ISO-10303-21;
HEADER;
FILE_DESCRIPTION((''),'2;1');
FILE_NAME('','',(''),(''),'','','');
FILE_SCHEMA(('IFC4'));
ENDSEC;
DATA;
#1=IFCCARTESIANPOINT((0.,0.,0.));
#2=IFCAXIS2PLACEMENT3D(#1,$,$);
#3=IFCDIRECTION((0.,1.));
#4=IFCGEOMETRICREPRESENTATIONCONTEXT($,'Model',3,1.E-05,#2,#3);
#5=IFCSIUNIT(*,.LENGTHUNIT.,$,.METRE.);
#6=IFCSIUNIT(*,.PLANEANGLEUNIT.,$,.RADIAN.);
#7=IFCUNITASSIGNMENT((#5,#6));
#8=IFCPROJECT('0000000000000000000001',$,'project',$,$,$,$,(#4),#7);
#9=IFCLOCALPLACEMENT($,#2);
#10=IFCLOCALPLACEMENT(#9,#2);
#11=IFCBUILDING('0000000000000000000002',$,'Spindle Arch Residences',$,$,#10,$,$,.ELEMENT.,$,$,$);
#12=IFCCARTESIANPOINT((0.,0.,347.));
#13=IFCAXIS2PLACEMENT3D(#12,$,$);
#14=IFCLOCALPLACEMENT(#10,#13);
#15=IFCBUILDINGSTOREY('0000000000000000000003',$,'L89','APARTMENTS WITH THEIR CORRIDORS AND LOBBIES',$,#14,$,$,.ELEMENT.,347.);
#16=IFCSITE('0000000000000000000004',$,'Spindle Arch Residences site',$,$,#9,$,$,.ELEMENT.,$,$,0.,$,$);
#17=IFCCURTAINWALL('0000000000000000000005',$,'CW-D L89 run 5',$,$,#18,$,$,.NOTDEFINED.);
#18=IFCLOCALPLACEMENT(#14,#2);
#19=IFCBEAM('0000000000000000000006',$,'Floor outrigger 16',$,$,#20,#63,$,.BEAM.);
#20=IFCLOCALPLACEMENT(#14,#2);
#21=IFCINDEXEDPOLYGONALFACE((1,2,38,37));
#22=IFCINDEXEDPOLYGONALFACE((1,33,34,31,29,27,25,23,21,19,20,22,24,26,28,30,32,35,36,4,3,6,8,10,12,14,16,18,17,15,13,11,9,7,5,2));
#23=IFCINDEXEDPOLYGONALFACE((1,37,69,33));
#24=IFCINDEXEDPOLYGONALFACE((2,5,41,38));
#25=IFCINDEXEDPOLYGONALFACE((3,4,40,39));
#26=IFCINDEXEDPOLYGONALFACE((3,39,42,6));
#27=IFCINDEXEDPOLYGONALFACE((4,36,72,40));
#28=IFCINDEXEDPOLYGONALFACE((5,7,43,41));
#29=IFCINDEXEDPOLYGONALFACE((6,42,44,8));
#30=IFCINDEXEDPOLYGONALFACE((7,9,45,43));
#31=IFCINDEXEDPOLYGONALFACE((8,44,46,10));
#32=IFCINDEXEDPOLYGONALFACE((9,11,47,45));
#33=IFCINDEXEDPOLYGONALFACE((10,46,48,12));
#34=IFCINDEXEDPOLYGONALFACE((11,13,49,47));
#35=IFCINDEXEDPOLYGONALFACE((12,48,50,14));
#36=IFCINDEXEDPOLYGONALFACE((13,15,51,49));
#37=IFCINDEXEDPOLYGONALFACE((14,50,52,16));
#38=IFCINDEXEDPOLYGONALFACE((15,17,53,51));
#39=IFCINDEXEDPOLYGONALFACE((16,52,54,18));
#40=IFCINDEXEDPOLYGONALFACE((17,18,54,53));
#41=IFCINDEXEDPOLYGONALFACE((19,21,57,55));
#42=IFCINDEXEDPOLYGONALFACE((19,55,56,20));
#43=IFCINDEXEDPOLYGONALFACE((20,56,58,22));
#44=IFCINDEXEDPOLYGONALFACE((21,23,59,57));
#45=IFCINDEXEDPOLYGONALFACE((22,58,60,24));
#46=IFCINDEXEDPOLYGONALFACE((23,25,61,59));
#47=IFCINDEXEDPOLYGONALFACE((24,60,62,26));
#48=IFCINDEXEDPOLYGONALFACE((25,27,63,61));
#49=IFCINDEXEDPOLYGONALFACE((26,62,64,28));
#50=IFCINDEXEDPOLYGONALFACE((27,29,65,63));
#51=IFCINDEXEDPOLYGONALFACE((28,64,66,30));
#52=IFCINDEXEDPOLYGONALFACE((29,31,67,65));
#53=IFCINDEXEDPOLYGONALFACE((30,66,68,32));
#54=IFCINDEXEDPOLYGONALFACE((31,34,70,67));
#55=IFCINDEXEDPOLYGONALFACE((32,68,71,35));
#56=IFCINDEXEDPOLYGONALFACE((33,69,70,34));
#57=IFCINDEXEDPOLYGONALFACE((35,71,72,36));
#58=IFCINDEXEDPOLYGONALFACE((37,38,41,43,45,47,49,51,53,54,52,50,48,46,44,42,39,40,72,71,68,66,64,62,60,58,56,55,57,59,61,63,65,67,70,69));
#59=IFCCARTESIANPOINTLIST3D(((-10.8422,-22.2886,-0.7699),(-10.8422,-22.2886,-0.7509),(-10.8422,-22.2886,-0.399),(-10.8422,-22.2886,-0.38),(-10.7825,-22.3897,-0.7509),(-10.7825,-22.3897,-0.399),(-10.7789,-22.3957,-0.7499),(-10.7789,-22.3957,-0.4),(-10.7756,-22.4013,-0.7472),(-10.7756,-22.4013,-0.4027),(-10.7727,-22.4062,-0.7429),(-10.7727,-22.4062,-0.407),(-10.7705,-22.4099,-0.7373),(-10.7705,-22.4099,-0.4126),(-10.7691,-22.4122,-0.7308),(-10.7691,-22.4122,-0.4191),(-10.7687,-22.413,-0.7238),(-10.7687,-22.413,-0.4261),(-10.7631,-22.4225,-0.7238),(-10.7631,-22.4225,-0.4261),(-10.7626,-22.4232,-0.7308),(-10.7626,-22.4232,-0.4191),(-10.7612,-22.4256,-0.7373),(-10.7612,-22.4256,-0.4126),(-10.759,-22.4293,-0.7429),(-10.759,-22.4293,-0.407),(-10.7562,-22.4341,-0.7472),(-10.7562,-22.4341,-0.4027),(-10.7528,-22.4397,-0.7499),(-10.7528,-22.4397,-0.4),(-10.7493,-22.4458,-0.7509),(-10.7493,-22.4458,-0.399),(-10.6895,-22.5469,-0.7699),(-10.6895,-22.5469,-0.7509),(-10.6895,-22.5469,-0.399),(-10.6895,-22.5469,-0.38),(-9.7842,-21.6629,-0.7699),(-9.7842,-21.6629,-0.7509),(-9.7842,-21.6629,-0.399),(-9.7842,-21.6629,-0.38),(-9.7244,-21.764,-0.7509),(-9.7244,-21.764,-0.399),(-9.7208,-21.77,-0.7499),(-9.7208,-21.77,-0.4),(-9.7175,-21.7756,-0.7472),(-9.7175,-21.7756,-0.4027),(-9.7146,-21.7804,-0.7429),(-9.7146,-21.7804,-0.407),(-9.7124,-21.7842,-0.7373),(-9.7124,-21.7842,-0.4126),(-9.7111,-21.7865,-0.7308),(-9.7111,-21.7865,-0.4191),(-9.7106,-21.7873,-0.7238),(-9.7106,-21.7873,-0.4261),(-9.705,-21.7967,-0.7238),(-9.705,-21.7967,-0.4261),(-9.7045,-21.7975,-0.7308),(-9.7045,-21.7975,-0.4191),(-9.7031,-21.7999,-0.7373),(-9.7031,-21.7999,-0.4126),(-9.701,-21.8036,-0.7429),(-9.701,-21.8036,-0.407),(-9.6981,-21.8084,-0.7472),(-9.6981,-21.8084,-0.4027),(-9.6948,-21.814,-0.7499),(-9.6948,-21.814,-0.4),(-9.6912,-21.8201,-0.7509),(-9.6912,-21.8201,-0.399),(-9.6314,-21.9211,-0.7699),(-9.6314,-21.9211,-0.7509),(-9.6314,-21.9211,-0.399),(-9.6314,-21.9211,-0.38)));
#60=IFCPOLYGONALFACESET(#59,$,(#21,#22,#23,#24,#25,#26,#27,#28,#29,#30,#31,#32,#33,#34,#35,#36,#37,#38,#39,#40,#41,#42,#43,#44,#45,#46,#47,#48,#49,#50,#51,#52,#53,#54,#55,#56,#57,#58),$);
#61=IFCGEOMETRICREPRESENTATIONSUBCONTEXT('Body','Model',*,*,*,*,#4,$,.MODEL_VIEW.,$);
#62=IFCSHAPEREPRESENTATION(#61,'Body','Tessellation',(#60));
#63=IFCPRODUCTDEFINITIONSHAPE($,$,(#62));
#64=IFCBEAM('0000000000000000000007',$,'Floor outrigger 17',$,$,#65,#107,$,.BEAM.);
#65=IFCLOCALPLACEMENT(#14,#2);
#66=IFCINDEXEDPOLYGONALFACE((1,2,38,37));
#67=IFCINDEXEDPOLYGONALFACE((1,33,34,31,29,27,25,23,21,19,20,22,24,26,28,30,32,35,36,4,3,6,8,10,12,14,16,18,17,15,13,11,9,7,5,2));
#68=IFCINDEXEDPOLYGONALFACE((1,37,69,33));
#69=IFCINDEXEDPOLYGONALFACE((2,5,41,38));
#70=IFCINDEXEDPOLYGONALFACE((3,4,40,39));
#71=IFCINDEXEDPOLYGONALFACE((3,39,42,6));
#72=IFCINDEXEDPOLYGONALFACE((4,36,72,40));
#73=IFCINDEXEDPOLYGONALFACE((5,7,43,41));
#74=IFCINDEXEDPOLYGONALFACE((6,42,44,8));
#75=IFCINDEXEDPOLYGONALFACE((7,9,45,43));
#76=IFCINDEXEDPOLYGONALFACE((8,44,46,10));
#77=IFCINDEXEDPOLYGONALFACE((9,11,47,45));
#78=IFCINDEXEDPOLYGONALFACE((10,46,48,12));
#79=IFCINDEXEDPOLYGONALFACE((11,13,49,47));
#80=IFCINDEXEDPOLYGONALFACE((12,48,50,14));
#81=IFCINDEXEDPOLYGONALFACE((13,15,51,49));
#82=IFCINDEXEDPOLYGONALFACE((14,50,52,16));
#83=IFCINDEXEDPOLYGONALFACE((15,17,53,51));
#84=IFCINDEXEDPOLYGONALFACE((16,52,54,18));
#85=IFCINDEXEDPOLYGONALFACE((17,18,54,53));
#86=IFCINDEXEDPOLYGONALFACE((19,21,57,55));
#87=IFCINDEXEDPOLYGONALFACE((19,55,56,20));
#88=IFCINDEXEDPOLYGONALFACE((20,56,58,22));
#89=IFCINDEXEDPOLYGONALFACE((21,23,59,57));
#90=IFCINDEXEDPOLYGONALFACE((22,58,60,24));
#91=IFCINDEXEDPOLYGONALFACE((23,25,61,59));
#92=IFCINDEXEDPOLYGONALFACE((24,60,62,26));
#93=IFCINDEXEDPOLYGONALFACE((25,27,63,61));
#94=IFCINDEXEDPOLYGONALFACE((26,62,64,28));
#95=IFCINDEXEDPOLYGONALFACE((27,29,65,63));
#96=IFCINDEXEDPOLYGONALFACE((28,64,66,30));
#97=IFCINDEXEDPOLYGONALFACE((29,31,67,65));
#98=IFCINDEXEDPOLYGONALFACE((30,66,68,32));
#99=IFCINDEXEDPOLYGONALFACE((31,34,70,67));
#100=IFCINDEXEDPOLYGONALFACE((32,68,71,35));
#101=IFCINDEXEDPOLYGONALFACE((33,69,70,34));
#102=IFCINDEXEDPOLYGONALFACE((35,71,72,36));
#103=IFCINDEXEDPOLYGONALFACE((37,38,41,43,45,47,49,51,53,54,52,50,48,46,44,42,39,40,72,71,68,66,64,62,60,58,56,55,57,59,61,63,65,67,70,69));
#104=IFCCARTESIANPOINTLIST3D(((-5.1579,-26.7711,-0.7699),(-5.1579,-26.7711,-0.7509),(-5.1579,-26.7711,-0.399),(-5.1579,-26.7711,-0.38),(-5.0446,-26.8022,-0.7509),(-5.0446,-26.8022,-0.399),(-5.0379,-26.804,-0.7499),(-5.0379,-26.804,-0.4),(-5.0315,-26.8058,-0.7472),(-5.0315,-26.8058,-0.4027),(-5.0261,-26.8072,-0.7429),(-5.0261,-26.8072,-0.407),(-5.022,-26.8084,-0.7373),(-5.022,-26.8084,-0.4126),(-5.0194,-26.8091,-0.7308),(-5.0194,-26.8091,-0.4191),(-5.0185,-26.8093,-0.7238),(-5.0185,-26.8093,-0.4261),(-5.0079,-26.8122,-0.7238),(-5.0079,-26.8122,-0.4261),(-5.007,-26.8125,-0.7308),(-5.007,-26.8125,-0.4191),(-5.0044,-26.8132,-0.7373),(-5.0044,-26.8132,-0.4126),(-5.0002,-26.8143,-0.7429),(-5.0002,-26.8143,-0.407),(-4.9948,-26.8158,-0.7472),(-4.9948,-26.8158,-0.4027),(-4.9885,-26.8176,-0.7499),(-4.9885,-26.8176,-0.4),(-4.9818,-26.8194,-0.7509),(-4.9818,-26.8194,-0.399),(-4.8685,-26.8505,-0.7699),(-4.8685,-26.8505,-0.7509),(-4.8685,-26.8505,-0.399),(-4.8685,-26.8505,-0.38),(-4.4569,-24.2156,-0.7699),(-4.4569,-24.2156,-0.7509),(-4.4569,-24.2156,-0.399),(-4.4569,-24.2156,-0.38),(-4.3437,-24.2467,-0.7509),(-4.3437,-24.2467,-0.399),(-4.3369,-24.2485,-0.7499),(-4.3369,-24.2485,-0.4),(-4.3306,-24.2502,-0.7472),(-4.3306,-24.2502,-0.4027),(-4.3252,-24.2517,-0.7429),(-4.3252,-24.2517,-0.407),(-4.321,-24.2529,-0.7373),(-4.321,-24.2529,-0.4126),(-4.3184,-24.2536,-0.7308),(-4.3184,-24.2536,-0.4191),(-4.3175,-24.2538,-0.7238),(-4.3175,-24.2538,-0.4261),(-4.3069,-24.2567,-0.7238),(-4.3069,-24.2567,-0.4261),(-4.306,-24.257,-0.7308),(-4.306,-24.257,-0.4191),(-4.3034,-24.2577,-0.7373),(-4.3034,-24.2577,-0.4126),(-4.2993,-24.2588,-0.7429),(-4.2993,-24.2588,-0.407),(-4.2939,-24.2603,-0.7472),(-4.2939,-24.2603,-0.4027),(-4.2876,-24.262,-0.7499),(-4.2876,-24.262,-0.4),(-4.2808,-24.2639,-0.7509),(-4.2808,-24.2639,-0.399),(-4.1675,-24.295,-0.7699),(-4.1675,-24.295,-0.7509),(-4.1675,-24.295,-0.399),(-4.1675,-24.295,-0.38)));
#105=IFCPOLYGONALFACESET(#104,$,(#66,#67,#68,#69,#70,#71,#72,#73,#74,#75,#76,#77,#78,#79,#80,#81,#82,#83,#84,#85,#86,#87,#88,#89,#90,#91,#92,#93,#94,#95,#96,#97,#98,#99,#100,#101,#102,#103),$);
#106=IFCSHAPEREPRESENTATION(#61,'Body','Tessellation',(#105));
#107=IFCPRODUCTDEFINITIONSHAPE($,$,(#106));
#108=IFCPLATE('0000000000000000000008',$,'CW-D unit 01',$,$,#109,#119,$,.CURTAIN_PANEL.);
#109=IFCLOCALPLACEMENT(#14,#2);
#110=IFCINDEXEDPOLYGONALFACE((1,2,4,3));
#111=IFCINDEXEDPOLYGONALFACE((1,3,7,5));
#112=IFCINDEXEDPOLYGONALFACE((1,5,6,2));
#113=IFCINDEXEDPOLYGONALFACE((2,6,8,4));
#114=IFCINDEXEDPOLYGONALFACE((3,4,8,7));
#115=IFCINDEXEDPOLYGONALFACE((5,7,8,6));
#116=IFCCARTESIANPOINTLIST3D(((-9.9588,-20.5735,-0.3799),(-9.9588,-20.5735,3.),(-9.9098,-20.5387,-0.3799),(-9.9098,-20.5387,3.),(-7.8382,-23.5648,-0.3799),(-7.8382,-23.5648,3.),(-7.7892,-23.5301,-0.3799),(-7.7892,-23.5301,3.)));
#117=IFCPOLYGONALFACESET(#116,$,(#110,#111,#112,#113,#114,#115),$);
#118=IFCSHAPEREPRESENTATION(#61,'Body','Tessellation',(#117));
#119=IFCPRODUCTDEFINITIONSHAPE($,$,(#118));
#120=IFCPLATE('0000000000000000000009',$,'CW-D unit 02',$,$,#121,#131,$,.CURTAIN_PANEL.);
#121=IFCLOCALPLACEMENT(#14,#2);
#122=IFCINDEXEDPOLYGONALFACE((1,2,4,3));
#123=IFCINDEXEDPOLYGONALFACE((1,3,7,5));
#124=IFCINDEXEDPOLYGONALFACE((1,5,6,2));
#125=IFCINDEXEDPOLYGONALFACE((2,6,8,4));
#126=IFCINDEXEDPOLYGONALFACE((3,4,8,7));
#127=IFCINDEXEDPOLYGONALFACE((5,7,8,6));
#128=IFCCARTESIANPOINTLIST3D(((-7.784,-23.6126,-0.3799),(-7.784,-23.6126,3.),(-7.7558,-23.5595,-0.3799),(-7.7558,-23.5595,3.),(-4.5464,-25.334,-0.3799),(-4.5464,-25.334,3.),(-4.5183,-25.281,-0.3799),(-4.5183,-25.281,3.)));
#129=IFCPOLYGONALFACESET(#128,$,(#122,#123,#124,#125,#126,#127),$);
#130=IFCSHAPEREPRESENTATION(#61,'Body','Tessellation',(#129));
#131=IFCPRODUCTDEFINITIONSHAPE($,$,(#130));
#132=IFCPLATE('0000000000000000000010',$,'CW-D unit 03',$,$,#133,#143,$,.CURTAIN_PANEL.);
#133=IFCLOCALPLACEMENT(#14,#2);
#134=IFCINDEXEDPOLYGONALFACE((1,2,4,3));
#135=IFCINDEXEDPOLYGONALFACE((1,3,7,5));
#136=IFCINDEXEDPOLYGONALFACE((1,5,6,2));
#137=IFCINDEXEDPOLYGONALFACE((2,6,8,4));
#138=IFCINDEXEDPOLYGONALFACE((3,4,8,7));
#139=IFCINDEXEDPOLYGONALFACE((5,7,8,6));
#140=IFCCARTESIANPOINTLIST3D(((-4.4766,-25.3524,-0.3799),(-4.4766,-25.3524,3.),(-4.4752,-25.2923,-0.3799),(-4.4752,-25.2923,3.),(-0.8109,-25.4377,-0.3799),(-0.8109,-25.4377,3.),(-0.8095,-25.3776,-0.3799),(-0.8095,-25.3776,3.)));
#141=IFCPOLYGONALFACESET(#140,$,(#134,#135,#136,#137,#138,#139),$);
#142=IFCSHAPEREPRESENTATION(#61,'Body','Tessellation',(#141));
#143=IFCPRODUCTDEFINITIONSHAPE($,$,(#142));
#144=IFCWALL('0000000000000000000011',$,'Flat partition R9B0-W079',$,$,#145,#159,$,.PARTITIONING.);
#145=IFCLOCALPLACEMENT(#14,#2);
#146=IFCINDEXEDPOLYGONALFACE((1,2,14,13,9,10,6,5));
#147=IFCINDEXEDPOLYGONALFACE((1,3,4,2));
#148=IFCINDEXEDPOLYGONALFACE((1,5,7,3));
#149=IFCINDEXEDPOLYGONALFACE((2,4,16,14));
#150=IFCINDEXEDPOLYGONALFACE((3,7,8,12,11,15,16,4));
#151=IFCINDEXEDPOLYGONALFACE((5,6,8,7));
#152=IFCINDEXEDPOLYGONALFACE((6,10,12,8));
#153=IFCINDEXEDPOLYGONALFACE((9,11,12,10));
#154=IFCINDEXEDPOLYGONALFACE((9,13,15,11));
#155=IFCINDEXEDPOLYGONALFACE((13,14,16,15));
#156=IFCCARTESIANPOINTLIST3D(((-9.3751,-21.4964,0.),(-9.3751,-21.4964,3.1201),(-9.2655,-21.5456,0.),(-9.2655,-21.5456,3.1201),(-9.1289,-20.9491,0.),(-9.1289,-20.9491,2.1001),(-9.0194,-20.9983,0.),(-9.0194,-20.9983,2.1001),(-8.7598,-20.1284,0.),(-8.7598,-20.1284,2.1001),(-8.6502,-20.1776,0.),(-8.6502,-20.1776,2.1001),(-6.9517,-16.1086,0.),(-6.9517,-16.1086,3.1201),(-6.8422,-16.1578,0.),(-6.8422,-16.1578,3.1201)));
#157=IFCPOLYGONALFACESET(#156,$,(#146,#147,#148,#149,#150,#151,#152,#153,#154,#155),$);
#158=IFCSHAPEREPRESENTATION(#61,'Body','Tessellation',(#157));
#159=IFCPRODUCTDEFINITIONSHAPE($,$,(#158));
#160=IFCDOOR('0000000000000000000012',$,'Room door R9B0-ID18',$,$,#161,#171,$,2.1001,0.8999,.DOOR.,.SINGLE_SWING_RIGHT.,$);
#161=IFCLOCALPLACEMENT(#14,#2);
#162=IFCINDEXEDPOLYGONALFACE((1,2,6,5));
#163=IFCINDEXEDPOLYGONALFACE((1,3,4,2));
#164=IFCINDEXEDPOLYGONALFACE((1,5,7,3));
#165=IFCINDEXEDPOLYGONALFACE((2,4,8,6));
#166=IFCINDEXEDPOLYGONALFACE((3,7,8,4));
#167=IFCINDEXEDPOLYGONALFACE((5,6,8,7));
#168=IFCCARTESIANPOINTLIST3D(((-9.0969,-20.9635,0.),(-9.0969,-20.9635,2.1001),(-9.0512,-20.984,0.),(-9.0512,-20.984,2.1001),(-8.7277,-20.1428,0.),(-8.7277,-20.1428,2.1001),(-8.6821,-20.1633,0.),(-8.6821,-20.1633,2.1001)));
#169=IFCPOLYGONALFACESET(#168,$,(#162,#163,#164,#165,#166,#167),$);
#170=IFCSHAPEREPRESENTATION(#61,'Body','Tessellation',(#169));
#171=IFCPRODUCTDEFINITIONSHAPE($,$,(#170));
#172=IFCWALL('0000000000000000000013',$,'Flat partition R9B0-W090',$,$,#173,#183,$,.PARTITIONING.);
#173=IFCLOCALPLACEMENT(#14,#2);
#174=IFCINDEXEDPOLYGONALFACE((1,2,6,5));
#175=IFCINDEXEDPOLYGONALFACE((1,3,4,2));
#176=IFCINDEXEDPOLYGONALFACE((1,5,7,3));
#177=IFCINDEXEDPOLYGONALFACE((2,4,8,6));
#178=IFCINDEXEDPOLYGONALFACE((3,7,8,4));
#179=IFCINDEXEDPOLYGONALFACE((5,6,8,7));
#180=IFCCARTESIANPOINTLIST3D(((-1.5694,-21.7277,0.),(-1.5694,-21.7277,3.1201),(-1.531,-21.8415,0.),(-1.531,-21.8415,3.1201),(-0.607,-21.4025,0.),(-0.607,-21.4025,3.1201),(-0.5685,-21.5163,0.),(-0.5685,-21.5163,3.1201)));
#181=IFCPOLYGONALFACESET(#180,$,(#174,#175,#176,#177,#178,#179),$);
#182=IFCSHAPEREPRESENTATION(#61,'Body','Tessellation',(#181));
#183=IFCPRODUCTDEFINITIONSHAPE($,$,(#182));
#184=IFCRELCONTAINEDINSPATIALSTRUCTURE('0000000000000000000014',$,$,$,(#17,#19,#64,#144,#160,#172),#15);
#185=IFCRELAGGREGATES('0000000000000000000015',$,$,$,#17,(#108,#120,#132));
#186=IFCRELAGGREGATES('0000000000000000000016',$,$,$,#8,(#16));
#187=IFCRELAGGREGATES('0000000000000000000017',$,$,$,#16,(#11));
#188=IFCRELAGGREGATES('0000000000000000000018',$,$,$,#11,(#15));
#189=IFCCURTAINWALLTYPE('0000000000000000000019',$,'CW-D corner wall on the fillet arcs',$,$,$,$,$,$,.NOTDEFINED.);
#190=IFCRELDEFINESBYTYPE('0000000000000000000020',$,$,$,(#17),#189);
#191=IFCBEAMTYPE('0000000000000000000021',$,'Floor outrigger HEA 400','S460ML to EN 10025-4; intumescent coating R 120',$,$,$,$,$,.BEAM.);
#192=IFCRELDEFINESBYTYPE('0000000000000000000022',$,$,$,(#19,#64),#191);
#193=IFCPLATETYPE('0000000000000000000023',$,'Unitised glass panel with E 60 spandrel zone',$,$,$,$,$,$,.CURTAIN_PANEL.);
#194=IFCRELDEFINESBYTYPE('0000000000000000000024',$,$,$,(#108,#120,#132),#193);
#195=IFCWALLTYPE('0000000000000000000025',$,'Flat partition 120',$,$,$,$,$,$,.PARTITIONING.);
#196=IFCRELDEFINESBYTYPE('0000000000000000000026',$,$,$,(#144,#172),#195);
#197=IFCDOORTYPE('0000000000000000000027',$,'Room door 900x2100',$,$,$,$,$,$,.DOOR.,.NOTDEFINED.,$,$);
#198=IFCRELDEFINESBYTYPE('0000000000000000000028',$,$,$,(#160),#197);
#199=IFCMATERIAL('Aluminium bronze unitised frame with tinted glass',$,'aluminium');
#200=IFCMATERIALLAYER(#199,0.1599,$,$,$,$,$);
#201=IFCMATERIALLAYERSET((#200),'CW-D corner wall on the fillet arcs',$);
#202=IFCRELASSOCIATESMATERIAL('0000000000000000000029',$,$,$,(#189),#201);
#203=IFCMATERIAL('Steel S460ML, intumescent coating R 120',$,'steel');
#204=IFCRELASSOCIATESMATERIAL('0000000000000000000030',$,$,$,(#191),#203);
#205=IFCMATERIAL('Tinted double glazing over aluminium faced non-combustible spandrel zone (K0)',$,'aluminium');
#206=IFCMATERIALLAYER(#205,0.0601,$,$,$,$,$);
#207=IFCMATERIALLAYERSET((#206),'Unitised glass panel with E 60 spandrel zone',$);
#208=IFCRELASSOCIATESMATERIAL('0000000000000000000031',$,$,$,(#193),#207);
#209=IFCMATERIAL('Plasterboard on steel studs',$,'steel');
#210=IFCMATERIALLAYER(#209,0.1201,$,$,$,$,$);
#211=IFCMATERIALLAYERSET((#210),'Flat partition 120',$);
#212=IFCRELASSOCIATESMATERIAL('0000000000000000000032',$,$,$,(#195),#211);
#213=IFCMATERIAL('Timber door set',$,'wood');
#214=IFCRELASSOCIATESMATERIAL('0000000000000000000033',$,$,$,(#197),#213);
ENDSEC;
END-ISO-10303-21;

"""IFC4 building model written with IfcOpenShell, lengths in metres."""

from ifc_helpers import new_model, si_unit, direction, frame, frame_2d, origin, origin_2d, place, context, subcontext, project, spatial, rectangle, i_section, extrude, material, layer, layer_set, material_profile, profile_set, type_object, element, fill, aggregate, save


model = new_model("IFC4")

# Units and contexts
model_context = context("Model", 3, precision=1e-05, world=origin(), true_north=direction((0.0, 1.0)))
body_context = subcontext(model_context, "Body", "Model", "MODEL_VIEW")
ifc_project = project(units=[si_unit("LENGTHUNIT", "METRE"), si_unit("PLANEANGLEUNIT", "RADIAN")], contexts=[model_context])

# Site, building, storey
site_placement = place(None, origin())
site = spatial("IfcSite", under=ifc_project, at=site_placement, Name="Spindle Arch Residences site", CompositionType="ELEMENT", RefElevation=0.0)
building_placement = place(site_placement, origin())
building = spatial("IfcBuilding", under=site, at=building_placement, Name="Spindle Arch Residences", CompositionType="ELEMENT")
storey_placement = place(building_placement, frame((0.0, 0.0, 347.0)))
storey = spatial("IfcBuildingStorey", under=building, at=storey_placement, Name="L89", Description="APARTMENTS WITH THEIR CORRIDORS AND LOBBIES", CompositionType="ELEMENT", Elevation=347.0)

# Curtain wall
ifc_material_1 = material(Name="Aluminium bronze unitised frame with tinted glass", Category="aluminium")
ifc_layer_1 = layer(ifc_material_1, 0.1599)
ifc_layer_set_1 = layer_set([ifc_layer_1], Name="CW-D corner wall on the fillet arcs")
curtain_wall_type = type_object("IfcCurtainWallType", Name="CW-D corner wall on the fillet arcs", PredefinedType="NOTDEFINED", material=ifc_layer_set_1)
curtain_wall_placement = place(storey_placement, origin())
curtain_wall = element("IfcCurtainWall", 1, at=curtain_wall_placement, inside=storey, type_object=curtain_wall_type, Name="CW-D L89 run 5", PredefinedType="NOTDEFINED")

# Beams
ifc_material_2 = material(Name="Steel S460ML, intumescent coating R 120", Category="steel")
ifc_material_profile_1 = material_profile(ifc_material_2, i_section(OverallWidth=0.3, OverallDepth=0.3899, WebThickness=0.011, FlangeThickness=0.019, FilletRadius=0.0271, at=origin_2d()), Name="HEA 400")
ifc_profile_set_1 = profile_set([ifc_material_profile_1], Name="Steel S460ML, intumescent coating R 120")
beam_type_1 = type_object("IfcBeamType", Name="Floor outrigger HEA 400", Description="S460ML to EN 10025-4; intumescent coating R 120", PredefinedType="BEAM", material=ifc_profile_set_1)
beam_1_placement = place(storey_placement, frame((-10.7659, -22.4177, -0.575), z_axis=(0.860753, 0.509024, 0.0), x_axis=(-0.509024, 0.860753, 0.0)))
element("IfcBeam", 2, at=beam_1_placement, inside=storey, type_object=beam_type_1, Name="Floor outrigger 16", PredefinedType="BEAM", context=body_context, shape_type="SweptSolid", body=[
    extrude(i_section(OverallWidth=0.3, OverallDepth=0.3899, WebThickness=0.011, FlangeThickness=0.019, FilletRadius=0.0271, at=origin_2d()), origin(), (0.0, 0.0, 1.0), 1.2292),
])
beam_2_placement = place(storey_placement, frame((-5.0132, -26.8108, -0.575), z_axis=(0.26452, 0.96438, 0.0), x_axis=(-0.96438, 0.26452, 0.0)))
element("IfcBeam", 3, at=beam_2_placement, inside=storey, type_object=beam_type_1, Name="Floor outrigger 17", PredefinedType="BEAM", context=body_context, shape_type="SweptSolid", body=[
    extrude(i_section(OverallWidth=0.3, OverallDepth=0.3899, WebThickness=0.011, FlangeThickness=0.019, FilletRadius=0.0271, at=origin_2d()), origin(), (0.0, 0.0, 1.0), 2.6499),
])

# Plates
ifc_material_3 = material(Name="Tinted double glazing over aluminium faced non-combustible spandrel zone (K0)", Category="aluminium")
ifc_layer_2 = layer(ifc_material_3, 0.0601)
ifc_layer_set_2 = layer_set([ifc_layer_2], Name="Unitised glass panel with E 60 spandrel zone")
plate_type = type_object("IfcPlateType", Name="Unitised glass panel with E 60 spandrel zone", PredefinedType="CURTAIN_PANEL", material=ifc_layer_set_2)
plate_1_placement = place(storey_placement, frame((-8.874, -22.0518, -0.3799), z_axis=(0.0, 0.0, 1.0), x_axis=(0.578332, -0.815801, 0.0)))
plate_1 = element("IfcPlate", 4, at=plate_1_placement, type_object=plate_type, Name="CW-D unit 01", PredefinedType="CURTAIN_PANEL", context=body_context, shape_type="SweptSolid", body=[
    extrude(rectangle(XDim=3.6667, YDim=0.0601, at=origin_2d()), origin(), (0.0, 0.0, 1.0), 3.3799),
])
plate_2_placement = place(storey_placement, frame((-6.1511, -24.4468, -0.3799), z_axis=(0.0, 0.0, 1.0), x_axis=(0.882948, -0.469472, 0.0)))
plate_2 = element("IfcPlate", 5, at=plate_2_placement, type_object=plate_type, Name="CW-D unit 02", PredefinedType="CURTAIN_PANEL", context=body_context, shape_type="SweptSolid", body=[
    extrude(rectangle(XDim=3.6667, YDim=0.0601, at=origin_2d()), origin(), (0.0, 0.0, 1.0), 3.3799),
])
plate_3_placement = place(storey_placement, frame((-2.6431, -25.365, -0.3799), z_axis=(0.0, 0.0, 1.0), x_axis=(0.999729, -0.023269, 0.0)))
plate_3 = element("IfcPlate", 6, at=plate_3_placement, type_object=plate_type, Name="CW-D unit 03", PredefinedType="CURTAIN_PANEL", context=body_context, shape_type="SweptSolid", body=[
    extrude(rectangle(XDim=3.6667, YDim=0.0601, at=origin_2d()), origin(), (0.0, 0.0, 1.0), 3.3799),
])
aggregate(curtain_wall, [plate_1, plate_2, plate_3])

# Wall, opening, door
ifc_material_4 = material(Name="Plasterboard on steel studs", Category="steel")
ifc_layer_3 = layer(ifc_material_4, 0.1201)
ifc_layer_set_3 = layer_set([ifc_layer_3], Name="Flat partition 120")
wall_type_1 = type_object("IfcWallType", Name="Flat partition 120", PredefinedType="PARTITIONING", material=ifc_layer_set_3)
wall_1_placement = place(storey_placement, frame((-9.3203, -21.521, 0.0), z_axis=(0.0, 0.0, 1.0), x_axis=(0.410207, 0.911993, 0.0)))
wall_1 = element("IfcWall", 7, at=wall_1_placement, inside=storey, type_object=wall_type_1, Name="Flat partition R9B0-W079", PredefinedType="PARTITIONING", context=body_context, shape_type="SweptSolid", body=[
    extrude(rectangle(XDim=5.9077, YDim=0.1201, at=frame_2d((2.9539, 0.0))), origin(), (0.0, 0.0, 1.0), 3.1201),
])
opening_placement = place(wall_1_placement, frame((0.6001, 0.0, 0.0)))
opening = element("IfcOpeningElement", 8, at=opening_placement, cuts=wall_1, PredefinedType="OPENING", context=body_context, shape_type="SweptSolid", body=[
    extrude(rectangle(XDim=0.8999, YDim=2.1001, at=frame_2d((0.45, 1.05))), frame((0.0, 0.0701, 0.0), z_axis=(0.0, -1.0, 0.0), x_axis=(1.0, 0.0, 0.0)), (0.0, 0.0, 1.0), 0.1401),
])
ifc_material_5 = material(Name="Timber door set", Category="wood")
door_type = type_object("IfcDoorType", Name="Room door 900x2100", OperationType="NOTDEFINED", PredefinedType="DOOR", material=ifc_material_5)
door_placement = place(opening_placement, origin())
door = element("IfcDoor", 9, at=door_placement, inside=storey, type_object=door_type, Name="Room door R9B0-ID18", OperationType="SINGLE_SWING_RIGHT", OverallHeight=2.1001, OverallWidth=0.8999, PredefinedType="DOOR", context=body_context, shape_type="SweptSolid", body=[
    extrude(rectangle(XDim=0.8999, YDim=2.1001, at=frame_2d((0.45, 1.05))), frame((0.0, 0.0249, 0.0), z_axis=(0.0, -1.0, 0.0), x_axis=(1.0, 0.0, 0.0)), (0.0, 0.0, 1.0), 0.05),
])
fill(opening, door)

# Wall
wall_2_placement = place(storey_placement, frame((-0.5879, -21.4595, 0.0), z_axis=(0.0, 0.0, 1.0), x_axis=(-0.947378, -0.320118, 0.0)))
element("IfcWall", 10, at=wall_2_placement, inside=storey, type_object=wall_type_1, Name="Flat partition R9B0-W090", PredefinedType="PARTITIONING", context=body_context, shape_type="SweptSolid", body=[
    extrude(rectangle(XDim=1.0159, YDim=0.1201, at=frame_2d((0.5078, 0.0))), origin(), (0.0, 0.0, 1.0), 3.1201),
])

save(model, "model.ifc")
